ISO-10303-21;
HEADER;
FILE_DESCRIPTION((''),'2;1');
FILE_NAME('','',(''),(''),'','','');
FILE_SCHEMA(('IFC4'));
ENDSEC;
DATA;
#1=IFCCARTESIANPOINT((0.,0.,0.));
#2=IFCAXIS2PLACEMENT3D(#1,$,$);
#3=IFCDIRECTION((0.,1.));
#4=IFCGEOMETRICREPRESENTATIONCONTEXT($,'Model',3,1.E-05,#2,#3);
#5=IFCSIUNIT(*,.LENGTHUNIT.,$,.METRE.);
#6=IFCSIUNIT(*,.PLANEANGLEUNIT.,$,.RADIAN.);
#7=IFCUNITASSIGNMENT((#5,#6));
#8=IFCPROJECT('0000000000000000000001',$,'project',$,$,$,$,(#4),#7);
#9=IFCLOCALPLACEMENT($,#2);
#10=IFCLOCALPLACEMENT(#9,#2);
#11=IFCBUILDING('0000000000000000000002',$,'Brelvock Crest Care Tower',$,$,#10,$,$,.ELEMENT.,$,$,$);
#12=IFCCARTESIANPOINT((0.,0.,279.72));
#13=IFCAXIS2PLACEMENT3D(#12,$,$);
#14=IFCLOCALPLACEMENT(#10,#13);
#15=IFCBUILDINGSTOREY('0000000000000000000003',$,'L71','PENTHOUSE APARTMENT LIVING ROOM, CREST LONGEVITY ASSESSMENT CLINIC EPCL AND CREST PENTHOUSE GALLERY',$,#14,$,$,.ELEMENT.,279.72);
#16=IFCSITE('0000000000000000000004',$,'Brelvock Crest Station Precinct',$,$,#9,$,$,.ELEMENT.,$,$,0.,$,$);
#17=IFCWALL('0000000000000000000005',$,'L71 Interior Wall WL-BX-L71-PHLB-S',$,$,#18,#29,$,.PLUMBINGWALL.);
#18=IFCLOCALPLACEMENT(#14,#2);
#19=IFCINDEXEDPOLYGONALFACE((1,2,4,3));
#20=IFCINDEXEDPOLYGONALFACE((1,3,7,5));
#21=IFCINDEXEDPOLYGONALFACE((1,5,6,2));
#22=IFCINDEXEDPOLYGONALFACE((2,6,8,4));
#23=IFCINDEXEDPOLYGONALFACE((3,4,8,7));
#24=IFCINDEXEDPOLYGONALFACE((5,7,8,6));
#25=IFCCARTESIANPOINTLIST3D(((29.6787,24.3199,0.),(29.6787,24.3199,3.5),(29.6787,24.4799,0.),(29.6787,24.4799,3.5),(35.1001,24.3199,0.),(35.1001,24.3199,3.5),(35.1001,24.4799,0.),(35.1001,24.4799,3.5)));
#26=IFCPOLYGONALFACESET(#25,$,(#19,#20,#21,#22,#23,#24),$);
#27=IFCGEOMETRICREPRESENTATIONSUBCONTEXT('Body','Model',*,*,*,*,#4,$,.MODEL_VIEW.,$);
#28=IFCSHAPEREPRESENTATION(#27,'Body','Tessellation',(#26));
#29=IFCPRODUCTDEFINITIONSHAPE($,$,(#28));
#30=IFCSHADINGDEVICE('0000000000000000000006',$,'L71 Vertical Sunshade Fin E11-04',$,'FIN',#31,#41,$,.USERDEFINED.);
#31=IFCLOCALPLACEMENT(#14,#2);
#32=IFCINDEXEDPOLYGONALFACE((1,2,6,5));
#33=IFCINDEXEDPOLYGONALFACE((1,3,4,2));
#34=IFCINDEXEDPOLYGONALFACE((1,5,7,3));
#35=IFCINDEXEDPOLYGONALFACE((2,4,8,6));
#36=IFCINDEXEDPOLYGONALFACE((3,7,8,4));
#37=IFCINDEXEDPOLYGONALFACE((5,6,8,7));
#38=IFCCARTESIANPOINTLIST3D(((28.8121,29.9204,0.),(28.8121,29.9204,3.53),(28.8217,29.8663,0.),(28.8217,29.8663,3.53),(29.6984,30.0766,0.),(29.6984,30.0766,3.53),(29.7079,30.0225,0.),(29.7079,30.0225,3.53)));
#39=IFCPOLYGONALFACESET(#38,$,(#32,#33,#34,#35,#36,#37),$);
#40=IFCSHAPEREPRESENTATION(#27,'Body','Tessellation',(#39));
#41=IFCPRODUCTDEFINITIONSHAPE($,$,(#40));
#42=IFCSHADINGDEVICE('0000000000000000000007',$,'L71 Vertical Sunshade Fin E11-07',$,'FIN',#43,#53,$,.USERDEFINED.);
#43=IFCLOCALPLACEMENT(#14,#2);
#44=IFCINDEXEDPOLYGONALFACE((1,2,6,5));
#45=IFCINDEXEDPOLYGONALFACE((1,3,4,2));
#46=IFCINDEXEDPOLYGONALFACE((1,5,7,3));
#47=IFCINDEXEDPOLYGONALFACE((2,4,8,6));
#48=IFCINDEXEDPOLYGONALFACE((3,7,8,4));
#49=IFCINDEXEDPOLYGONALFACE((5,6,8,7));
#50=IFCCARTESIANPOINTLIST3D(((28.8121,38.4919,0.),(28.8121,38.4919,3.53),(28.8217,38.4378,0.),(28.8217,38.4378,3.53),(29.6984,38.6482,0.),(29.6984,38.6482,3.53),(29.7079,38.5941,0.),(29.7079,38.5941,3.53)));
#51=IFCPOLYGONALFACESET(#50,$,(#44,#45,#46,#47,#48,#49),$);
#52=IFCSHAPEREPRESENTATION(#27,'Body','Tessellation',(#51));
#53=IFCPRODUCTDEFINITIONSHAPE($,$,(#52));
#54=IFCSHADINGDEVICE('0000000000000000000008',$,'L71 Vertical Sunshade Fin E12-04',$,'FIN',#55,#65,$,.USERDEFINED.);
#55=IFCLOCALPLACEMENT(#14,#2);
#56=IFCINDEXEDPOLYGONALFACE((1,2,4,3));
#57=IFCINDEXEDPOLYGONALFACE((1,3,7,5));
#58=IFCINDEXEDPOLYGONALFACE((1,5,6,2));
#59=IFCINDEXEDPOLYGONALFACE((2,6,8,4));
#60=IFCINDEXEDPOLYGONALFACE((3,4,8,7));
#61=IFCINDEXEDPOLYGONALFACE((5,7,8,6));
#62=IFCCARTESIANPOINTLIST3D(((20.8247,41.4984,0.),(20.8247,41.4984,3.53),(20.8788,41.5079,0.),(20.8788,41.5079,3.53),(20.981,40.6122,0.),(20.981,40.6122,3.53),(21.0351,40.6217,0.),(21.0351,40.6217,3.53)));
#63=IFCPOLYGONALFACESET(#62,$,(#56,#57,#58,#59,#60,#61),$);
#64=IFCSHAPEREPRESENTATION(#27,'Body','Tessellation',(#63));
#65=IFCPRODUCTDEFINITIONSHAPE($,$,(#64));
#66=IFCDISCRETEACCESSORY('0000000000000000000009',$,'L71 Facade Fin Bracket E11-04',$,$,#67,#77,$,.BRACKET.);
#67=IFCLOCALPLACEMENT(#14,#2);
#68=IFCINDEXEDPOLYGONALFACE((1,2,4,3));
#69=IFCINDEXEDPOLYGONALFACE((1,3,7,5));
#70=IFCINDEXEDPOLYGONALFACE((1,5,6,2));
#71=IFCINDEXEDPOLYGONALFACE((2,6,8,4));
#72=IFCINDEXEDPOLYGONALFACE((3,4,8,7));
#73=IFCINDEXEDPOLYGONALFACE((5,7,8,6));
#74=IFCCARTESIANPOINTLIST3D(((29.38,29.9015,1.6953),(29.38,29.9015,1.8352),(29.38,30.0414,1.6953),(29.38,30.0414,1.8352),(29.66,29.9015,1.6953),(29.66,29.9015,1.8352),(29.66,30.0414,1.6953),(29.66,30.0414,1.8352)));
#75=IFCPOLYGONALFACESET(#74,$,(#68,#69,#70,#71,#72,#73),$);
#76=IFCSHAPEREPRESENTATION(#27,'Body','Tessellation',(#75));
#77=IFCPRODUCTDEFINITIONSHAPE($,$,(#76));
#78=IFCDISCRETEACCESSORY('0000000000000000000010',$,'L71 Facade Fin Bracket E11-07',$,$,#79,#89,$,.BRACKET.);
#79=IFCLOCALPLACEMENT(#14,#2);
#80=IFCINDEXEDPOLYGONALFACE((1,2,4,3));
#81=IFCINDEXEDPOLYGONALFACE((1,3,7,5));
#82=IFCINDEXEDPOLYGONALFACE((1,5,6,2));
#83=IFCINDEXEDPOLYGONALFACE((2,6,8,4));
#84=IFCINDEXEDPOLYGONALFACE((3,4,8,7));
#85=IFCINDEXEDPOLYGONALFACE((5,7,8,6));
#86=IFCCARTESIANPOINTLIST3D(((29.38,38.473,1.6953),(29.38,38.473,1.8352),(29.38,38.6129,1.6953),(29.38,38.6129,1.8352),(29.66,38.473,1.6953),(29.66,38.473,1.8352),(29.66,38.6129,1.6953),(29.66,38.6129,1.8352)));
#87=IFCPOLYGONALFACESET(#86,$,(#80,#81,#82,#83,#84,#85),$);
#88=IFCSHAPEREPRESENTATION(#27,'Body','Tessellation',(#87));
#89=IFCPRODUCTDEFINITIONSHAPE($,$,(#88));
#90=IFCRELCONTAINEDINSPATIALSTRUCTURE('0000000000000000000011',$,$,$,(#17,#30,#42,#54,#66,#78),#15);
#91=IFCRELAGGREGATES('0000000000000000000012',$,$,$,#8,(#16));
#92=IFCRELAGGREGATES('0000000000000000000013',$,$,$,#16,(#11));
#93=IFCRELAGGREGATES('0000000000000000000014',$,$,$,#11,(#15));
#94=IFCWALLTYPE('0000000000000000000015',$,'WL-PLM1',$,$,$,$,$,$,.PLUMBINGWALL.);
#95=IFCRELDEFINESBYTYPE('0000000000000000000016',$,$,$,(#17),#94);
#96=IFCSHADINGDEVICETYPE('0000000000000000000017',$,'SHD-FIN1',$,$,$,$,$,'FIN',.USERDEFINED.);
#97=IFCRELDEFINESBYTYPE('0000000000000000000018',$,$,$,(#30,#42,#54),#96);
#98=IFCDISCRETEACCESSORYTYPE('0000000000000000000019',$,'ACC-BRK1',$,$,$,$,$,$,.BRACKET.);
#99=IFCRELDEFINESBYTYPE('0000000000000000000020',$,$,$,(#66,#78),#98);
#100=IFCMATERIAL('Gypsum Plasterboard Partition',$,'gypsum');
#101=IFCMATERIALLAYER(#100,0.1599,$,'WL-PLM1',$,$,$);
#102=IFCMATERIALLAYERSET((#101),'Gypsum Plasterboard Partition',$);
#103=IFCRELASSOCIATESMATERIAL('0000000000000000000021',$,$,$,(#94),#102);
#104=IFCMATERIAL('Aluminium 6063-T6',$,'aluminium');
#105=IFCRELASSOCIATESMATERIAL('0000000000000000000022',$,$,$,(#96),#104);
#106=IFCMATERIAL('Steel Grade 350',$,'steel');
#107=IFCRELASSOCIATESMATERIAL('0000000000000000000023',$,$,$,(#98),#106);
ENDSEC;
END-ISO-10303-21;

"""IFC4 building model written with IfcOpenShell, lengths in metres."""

from ifc_helpers import new_model, si_unit, direction, frame, frame_2d, origin, origin_2d, place, context, subcontext, project, spatial, rectangle, extrude, source, transform, mapped, material, layer, layer_set, material_profile, profile_set, type_object, element, save


model = new_model("IFC4")

# Units and contexts
model_context = context("Model", 3, precision=1e-05, world=origin(), true_north=direction((0.0, 1.0)))
body_context = subcontext(model_context, "Body", "Model", "MODEL_VIEW")
ifc_project = project(units=[si_unit("LENGTHUNIT", "METRE"), si_unit("PLANEANGLEUNIT", "RADIAN")], contexts=[model_context])

# Site, building, storey
site_placement = place(None, origin())
site = spatial("IfcSite", under=ifc_project, at=site_placement, Name="Brelvock Crest Station Precinct", CompositionType="ELEMENT", RefElevation=0.0)
building_placement = place(site_placement, origin())
building = spatial("IfcBuilding", under=site, at=building_placement, Name="Brelvock Crest Care Tower", CompositionType="ELEMENT")
storey_placement = place(building_placement, frame((0.0, 0.0, 279.72)))
storey = spatial("IfcBuildingStorey", under=building, at=storey_placement, Name="L71", Description="PENTHOUSE APARTMENT LIVING ROOM, CREST LONGEVITY ASSESSMENT CLINIC EPCL AND CREST PENTHOUSE GALLERY", CompositionType="ELEMENT", Elevation=279.72)

# Shared definitions
ifc_material_1 = material(Name="Aluminium 6063-T6", Category="aluminium")

# Wall
ifc_material_2 = material(Name="Gypsum Plasterboard Partition", Category="gypsum")
ifc_layer_1 = layer(ifc_material_2, 0.1599, Name="WL-PLM1")
ifc_layer_set_1 = layer_set([ifc_layer_1], Name="Gypsum Plasterboard Partition")
wall_type = type_object("IfcWallType", Name="WL-PLM1", PredefinedType="PLUMBINGWALL", material=ifc_layer_set_1)
wall_placement = place(storey_placement, frame((29.6787, 24.3999, 0.0), z_axis=(0.0, 0.0, 1.0), x_axis=(1.0, 0.0, 0.0)))
element("IfcWall", 1, at=wall_placement, inside=storey, type_object=wall_type, Name="L71 Interior Wall WL-BX-L71-PHLB-S", PredefinedType="PLUMBINGWALL", context=body_context, shape_type="SweptSolid", body=[
    extrude(rectangle(XDim=5.4214, YDim=0.1599, at=frame_2d((2.7107, 0.0))), origin(), (0.0, 0.0, 1.0), 3.5),
])

# Shading devices
ifc_material_profile_1 = material_profile(ifc_material_1, rectangle(XDim=0.0549, YDim=0.8999, at=origin_2d()), Name="FIN55x900")
ifc_profile_set_1 = profile_set([ifc_material_profile_1], Name="Aluminium 6063-T6")
shading_device_type = type_object("IfcShadingDeviceType", Name="SHD-FIN1", ElementType="FIN", PredefinedType="USERDEFINED", material=ifc_profile_set_1)
shared_shape_1 = source(origin(), body_context, "Body", "SweptSolid", [
    extrude(rectangle(XDim=0.0549, YDim=0.8999, at=origin_2d()), origin(), (0.0, 0.0, 1.0), 3.53),
])
for number, where, z_axis, x_axis, name in (
    (2, (29.26, 29.9714, 0.0), (0.0, 0.0, 1.0), (-0.173648, 0.984808, 0.0), "L71 Vertical Sunshade Fin E11-04"),
    (3, (29.26, 38.543, 0.0), (0.0, 0.0, 1.0), (-0.173648, 0.984808, 0.0), "L71 Vertical Sunshade Fin E11-07"),
    (4, (20.9299, 41.0601, 0.0), (0.0, 0.0, 1.0), (-0.984808, -0.173648, 0.0), "L71 Vertical Sunshade Fin E12-04"),
):
    element("IfcShadingDevice", number, at=place(storey_placement, frame(where, z_axis=z_axis, x_axis=x_axis)), inside=storey, type_object=shading_device_type, Name=name, ObjectType="FIN", PredefinedType="USERDEFINED", context=body_context, shape_type="MappedRepresentation", body=[
        mapped(shared_shape_1, transform((0.0, 0.0, 0.0), x_axis=(1.0, 0.0, 0.0), y_axis=(0.0, 1.0, 0.0), z_axis=(0.0, 0.0, 1.0), scale=1.0)),
    ])

# Discrete accessories
ifc_material_3 = material(Name="Steel Grade 350", Category="steel")
discrete_accessory_type = type_object("IfcDiscreteAccessoryType", Name="ACC-BRK1", PredefinedType="BRACKET", material=ifc_material_3)
shared_shape_2 = source(origin(), body_context, "Body", "SweptSolid", [
    extrude(rectangle(XDim=0.28, YDim=0.1399, at=origin_2d()), origin(), (0.0, 0.0, 1.0), 0.1399),
])
for number, where, z_axis, x_axis, name in (
    (5, (29.52, 29.9714, 1.6953), (0.0, 0.0, 1.0), (-1.0, 0.0, 0.0), "L71 Facade Fin Bracket E11-04"),
    (6, (29.52, 38.543, 1.6953), (0.0, 0.0, 1.0), (-1.0, 0.0, 0.0), "L71 Facade Fin Bracket E11-07"),
):
    element("IfcDiscreteAccessory", number, at=place(storey_placement, frame(where, z_axis=z_axis, x_axis=x_axis)), inside=storey, type_object=discrete_accessory_type, Name=name, PredefinedType="BRACKET", context=body_context, shape_type="MappedRepresentation", body=[
        mapped(shared_shape_2, transform((0.0, 0.0, 0.0), x_axis=(1.0, 0.0, 0.0), y_axis=(0.0, 1.0, 0.0), z_axis=(0.0, 0.0, 1.0), scale=1.0)),
    ])

save(model, "model.ifc")
